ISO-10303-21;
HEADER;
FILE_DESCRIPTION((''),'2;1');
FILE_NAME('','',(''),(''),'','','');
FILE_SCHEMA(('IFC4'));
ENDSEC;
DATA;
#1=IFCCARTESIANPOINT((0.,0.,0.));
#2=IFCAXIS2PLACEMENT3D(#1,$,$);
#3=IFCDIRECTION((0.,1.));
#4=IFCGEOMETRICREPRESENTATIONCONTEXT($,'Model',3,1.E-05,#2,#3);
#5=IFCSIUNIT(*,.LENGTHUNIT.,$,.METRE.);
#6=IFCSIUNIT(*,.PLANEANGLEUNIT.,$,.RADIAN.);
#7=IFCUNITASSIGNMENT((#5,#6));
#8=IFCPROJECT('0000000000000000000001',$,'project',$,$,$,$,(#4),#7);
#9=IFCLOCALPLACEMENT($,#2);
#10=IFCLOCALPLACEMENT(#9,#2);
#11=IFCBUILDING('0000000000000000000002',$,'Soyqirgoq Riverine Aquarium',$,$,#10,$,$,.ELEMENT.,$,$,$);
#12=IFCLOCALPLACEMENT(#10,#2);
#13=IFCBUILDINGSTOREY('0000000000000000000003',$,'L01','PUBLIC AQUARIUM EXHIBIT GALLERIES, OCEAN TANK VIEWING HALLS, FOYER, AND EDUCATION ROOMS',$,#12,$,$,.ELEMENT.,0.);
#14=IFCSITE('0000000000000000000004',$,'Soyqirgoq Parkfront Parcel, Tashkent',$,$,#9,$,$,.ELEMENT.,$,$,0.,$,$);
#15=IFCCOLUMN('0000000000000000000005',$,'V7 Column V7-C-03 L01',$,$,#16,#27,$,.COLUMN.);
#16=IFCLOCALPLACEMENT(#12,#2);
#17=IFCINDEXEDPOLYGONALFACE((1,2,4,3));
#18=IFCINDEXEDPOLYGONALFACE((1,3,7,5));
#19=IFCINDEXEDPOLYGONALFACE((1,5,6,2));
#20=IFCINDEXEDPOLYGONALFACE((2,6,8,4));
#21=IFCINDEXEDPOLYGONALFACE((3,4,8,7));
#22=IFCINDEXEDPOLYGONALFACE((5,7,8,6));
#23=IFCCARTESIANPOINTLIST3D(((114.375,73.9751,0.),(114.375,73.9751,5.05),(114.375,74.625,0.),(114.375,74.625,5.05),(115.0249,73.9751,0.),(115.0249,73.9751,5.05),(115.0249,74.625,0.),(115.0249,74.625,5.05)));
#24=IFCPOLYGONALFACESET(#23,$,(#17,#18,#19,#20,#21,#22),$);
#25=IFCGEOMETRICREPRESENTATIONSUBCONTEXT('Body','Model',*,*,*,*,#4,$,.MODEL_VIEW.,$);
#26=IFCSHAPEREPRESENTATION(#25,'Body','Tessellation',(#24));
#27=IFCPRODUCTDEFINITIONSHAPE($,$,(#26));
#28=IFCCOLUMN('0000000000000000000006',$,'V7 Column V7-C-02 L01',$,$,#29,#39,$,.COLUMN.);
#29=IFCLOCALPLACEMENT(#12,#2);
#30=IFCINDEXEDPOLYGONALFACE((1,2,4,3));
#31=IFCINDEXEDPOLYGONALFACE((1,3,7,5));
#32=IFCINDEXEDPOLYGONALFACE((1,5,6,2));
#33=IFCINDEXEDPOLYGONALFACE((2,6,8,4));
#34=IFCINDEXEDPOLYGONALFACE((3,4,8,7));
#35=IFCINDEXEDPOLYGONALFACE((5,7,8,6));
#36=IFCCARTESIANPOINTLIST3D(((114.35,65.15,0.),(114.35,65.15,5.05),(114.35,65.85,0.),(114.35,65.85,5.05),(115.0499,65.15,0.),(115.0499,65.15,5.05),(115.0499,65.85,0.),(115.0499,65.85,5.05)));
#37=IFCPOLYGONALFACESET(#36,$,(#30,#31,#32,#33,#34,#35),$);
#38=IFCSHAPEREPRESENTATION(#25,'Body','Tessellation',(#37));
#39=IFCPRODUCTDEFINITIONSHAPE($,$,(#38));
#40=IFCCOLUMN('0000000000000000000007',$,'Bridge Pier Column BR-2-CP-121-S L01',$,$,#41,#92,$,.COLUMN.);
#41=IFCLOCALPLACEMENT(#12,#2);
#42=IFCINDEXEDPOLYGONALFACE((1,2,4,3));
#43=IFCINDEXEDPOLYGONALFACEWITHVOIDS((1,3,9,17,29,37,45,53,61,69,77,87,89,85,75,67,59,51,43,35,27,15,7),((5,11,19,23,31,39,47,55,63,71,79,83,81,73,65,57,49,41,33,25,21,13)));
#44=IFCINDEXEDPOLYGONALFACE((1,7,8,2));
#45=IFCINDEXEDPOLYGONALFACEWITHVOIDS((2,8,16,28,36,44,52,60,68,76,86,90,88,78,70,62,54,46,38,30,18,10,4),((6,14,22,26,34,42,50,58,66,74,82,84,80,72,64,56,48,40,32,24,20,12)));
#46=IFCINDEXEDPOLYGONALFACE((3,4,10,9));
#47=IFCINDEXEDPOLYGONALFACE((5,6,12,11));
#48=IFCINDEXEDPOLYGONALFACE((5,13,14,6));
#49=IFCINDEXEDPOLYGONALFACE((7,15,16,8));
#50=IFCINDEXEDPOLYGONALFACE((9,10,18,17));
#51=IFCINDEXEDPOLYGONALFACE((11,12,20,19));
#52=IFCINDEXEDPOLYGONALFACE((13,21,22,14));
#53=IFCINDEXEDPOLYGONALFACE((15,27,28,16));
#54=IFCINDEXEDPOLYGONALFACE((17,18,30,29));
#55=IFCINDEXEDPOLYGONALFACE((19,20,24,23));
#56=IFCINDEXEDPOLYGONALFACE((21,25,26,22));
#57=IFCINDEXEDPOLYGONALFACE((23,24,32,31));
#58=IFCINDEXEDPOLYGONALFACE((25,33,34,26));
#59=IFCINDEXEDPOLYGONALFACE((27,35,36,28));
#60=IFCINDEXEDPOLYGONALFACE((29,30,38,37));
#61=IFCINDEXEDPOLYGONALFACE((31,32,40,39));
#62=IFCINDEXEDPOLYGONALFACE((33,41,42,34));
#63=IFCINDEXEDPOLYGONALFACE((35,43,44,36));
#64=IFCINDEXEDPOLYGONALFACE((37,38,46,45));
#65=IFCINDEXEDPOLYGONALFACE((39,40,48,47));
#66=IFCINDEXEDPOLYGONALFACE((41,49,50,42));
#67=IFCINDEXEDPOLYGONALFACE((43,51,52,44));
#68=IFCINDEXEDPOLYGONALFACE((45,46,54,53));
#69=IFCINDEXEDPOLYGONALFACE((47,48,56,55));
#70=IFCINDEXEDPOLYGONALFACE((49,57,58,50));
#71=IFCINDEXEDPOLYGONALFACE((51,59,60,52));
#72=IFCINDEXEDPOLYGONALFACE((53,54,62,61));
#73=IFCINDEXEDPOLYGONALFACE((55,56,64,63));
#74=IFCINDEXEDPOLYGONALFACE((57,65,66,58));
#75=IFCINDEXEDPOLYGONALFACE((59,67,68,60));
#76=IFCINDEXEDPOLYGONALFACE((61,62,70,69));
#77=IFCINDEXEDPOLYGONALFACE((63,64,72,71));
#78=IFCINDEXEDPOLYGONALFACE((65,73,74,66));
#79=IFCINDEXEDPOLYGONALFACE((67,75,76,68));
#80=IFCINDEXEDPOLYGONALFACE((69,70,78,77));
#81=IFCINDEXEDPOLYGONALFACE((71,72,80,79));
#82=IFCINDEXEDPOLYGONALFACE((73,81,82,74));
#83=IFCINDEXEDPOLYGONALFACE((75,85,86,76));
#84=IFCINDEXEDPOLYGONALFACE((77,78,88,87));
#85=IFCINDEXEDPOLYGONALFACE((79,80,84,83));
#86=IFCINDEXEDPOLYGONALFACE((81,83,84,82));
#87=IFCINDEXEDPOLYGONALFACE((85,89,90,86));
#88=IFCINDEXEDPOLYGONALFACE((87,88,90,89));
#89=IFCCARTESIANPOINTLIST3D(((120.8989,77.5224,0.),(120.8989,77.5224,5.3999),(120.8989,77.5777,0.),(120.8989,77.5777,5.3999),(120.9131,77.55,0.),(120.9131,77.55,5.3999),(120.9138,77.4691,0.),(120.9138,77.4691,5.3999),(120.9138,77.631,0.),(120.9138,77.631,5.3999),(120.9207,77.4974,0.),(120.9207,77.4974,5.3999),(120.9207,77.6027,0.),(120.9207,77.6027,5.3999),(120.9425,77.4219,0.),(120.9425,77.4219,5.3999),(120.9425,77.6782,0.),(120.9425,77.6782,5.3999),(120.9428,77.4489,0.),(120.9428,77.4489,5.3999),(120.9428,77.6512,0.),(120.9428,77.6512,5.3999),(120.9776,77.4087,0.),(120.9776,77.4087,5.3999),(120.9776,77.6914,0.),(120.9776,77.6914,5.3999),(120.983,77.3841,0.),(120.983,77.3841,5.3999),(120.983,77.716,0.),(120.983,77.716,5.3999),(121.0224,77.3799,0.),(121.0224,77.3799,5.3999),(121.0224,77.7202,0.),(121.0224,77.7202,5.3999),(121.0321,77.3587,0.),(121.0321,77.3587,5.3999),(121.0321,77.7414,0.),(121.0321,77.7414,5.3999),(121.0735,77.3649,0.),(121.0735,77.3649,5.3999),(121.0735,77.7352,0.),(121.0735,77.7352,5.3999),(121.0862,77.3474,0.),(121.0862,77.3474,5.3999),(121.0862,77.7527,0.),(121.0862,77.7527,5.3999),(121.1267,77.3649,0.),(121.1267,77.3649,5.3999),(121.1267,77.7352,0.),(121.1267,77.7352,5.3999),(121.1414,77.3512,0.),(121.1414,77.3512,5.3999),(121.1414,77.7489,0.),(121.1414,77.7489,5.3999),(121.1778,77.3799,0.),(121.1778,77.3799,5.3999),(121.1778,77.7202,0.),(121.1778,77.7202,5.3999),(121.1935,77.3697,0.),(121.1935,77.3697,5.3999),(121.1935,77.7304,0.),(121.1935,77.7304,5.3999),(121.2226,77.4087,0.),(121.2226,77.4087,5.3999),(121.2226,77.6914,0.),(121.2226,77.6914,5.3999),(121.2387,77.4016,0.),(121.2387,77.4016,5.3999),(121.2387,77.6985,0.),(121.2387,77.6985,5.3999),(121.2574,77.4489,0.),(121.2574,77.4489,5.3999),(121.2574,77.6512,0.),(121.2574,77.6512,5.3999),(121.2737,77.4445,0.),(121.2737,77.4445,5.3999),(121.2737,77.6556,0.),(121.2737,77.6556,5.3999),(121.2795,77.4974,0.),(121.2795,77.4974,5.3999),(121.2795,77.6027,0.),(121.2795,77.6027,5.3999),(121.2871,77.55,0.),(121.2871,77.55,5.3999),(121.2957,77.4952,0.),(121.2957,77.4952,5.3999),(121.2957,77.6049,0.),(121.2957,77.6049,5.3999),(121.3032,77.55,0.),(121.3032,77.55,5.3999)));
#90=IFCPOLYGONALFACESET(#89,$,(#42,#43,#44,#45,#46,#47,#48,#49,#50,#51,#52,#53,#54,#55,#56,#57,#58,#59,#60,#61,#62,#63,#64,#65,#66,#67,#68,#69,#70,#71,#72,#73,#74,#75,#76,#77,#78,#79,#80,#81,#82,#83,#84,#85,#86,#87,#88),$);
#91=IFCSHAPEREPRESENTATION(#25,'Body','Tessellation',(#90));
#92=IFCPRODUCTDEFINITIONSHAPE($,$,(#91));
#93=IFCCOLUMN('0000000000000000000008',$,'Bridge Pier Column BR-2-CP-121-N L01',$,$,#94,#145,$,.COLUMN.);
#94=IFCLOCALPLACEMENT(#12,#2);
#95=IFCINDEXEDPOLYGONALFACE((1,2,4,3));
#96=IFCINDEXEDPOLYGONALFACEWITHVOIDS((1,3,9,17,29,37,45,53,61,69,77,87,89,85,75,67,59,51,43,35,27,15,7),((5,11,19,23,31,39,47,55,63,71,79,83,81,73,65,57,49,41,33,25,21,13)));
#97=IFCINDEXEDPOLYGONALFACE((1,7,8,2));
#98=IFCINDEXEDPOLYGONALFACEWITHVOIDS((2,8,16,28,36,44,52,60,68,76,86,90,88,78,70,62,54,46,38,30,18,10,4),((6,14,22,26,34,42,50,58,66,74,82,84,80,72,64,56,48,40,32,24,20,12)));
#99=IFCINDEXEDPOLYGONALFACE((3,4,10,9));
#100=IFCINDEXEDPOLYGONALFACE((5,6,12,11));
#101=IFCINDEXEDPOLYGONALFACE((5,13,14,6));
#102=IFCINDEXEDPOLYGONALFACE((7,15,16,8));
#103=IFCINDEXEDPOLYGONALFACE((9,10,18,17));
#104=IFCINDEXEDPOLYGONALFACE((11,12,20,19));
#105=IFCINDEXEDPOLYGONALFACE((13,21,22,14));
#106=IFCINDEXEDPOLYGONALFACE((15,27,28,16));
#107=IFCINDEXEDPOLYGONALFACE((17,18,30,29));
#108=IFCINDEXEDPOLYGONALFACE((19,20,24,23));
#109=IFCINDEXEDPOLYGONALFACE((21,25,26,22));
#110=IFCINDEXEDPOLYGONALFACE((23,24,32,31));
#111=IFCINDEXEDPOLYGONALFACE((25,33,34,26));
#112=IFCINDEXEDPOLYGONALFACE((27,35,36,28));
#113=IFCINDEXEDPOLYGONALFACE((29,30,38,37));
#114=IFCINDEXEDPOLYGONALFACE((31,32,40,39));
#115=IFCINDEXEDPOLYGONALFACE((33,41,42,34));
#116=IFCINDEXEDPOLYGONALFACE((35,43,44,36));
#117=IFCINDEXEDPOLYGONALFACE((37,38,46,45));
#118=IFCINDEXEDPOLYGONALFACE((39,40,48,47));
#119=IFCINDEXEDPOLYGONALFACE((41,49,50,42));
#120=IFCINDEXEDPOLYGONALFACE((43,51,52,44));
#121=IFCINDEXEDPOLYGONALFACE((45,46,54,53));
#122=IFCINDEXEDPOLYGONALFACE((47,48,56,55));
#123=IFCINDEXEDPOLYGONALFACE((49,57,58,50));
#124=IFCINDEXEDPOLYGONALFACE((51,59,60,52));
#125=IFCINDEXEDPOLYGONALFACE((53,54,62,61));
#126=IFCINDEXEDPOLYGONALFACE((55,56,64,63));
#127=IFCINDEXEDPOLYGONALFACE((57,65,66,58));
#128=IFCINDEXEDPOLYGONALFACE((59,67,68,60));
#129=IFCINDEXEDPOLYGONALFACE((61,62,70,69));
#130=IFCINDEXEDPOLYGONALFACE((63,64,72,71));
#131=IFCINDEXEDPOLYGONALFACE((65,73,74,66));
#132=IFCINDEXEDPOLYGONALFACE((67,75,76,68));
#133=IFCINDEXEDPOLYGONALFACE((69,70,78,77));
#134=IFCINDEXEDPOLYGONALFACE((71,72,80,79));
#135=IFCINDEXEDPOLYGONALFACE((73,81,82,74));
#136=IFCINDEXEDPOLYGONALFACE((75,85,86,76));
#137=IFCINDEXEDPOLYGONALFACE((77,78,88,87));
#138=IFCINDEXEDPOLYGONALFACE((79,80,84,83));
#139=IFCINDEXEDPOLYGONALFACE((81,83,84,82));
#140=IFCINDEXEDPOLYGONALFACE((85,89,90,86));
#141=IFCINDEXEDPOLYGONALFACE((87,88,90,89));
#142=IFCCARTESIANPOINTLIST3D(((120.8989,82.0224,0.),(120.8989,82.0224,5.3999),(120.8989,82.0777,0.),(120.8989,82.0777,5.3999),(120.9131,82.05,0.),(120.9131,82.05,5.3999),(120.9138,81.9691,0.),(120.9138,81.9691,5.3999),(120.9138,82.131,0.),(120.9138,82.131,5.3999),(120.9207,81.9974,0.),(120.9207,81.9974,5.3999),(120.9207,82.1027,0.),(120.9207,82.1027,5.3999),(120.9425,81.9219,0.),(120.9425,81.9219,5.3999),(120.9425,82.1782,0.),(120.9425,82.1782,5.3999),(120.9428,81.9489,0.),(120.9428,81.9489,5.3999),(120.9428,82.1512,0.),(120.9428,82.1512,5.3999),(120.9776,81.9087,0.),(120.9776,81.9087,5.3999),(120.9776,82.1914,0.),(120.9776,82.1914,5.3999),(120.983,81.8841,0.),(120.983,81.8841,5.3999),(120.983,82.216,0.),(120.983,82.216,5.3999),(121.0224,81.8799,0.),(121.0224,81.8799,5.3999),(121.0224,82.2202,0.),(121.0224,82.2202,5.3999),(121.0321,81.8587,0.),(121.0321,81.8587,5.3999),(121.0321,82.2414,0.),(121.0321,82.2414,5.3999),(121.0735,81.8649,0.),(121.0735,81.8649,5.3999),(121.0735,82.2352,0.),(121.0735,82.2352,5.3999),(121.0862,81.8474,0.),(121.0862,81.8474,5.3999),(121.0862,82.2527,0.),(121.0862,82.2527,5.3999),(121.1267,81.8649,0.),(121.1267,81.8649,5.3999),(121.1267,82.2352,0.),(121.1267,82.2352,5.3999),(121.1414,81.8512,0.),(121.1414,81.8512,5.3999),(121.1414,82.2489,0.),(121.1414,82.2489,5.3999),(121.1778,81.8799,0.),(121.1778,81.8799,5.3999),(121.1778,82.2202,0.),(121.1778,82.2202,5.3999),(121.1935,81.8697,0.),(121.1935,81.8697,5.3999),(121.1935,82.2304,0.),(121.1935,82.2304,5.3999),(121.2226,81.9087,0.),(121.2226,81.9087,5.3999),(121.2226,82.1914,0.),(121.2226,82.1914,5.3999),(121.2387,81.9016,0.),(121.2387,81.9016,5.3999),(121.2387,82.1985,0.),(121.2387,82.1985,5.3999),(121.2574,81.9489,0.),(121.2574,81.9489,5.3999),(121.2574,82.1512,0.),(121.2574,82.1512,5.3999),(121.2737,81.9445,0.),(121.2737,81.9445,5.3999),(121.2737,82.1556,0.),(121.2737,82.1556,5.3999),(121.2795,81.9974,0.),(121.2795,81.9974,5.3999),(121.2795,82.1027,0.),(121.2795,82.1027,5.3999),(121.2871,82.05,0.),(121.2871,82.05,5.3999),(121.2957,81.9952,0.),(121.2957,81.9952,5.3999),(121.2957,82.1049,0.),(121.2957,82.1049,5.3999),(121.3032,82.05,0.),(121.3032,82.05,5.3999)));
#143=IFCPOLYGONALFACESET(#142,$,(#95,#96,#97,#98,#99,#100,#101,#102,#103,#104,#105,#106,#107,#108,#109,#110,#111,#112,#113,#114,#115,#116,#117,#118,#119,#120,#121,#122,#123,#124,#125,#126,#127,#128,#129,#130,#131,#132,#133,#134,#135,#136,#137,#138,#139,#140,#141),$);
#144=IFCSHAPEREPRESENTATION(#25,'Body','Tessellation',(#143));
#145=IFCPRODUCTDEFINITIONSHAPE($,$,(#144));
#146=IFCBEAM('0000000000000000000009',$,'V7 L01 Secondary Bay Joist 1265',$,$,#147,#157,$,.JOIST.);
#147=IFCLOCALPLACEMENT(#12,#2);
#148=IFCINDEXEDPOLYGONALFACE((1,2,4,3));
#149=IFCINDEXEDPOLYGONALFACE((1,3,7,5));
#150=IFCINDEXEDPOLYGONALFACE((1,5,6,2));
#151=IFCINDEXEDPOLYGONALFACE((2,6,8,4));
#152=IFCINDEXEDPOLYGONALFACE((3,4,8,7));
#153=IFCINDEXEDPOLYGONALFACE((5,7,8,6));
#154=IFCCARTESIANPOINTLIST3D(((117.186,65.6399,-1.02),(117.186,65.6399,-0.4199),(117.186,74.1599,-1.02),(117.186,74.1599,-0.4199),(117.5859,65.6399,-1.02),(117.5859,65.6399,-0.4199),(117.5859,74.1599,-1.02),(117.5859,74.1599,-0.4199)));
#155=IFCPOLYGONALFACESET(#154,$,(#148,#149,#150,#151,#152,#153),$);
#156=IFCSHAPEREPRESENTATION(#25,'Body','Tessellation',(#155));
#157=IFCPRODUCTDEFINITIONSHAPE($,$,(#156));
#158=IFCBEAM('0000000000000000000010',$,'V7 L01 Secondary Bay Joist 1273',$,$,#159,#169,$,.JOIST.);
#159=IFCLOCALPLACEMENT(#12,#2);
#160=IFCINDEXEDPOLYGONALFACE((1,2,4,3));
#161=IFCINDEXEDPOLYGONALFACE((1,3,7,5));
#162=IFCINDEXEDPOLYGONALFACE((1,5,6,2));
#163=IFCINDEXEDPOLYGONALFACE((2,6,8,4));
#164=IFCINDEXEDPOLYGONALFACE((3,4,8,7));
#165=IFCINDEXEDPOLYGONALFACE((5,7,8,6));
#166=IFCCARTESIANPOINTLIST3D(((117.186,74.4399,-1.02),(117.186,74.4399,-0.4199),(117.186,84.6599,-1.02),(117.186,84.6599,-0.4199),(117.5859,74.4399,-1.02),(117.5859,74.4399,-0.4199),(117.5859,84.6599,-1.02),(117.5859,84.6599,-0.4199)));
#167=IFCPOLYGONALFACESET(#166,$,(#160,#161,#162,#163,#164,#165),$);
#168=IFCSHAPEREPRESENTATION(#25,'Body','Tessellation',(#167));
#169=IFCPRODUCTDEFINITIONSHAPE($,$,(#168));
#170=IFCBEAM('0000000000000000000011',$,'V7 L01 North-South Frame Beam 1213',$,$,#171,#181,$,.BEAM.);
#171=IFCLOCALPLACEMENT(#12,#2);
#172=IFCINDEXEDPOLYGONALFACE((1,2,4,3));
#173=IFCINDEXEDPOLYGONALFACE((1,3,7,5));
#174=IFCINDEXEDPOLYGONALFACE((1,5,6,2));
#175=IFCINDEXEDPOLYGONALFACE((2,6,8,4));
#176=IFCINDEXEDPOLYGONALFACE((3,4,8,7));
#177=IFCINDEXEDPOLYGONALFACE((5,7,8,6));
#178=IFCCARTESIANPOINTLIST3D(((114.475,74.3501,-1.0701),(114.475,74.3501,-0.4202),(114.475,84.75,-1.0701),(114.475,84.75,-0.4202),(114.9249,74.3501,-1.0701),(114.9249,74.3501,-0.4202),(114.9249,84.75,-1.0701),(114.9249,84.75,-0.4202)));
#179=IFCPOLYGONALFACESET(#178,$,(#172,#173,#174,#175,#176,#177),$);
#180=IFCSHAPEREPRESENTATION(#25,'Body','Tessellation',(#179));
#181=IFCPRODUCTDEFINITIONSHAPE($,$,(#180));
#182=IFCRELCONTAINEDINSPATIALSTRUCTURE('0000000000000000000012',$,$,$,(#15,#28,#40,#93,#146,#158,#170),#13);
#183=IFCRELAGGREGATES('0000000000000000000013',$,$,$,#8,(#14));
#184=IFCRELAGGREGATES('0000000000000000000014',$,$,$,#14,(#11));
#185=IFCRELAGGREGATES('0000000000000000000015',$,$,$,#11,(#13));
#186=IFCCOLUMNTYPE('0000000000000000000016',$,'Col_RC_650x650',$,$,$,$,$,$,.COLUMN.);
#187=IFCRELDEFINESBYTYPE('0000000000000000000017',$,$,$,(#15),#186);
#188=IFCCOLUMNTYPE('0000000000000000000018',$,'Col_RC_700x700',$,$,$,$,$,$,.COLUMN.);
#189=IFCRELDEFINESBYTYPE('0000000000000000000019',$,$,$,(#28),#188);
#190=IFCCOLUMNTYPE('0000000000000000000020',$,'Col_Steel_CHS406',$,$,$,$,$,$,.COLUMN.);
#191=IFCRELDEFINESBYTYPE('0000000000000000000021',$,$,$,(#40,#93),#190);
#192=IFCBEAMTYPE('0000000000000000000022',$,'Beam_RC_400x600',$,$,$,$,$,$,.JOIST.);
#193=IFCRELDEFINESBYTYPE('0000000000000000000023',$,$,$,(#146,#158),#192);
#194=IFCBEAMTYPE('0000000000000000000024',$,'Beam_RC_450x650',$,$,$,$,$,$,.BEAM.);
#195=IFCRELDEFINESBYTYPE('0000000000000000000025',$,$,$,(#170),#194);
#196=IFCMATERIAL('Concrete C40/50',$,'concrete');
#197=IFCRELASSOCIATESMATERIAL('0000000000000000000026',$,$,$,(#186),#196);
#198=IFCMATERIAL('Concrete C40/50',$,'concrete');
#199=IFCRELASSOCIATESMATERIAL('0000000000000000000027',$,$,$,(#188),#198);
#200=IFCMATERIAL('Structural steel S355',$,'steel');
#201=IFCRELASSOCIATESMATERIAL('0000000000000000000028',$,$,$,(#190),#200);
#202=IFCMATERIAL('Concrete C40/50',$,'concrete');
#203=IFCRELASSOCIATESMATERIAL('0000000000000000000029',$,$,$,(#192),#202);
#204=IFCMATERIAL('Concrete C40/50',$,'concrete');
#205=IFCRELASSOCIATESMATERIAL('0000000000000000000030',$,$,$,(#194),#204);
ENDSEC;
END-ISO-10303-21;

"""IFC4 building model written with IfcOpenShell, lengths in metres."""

from ifc_helpers import new_model, si_unit, direction, frame, origin, origin_2d, place, context, subcontext, project, spatial, rectangle, hollow_circle, extrude, material, material_profile, profile_set, type_object, element, save


model = new_model("IFC4")

# Units and contexts
model_context = context("Model", 3, precision=1e-05, world=origin(), true_north=direction((0.0, 1.0)))
body_context = subcontext(model_context, "Body", "Model", "MODEL_VIEW")
ifc_project = project(units=[si_unit("LENGTHUNIT", "METRE"), si_unit("PLANEANGLEUNIT", "RADIAN")], contexts=[model_context])

# Site, building, storey
site_placement = place(None, origin())
site = spatial("IfcSite", under=ifc_project, at=site_placement, Name="Soyqirgoq Parkfront Parcel, Tashkent", CompositionType="ELEMENT", RefElevation=0.0)
building_placement = place(site_placement, origin())
building = spatial("IfcBuilding", under=site, at=building_placement, Name="Soyqirgoq Riverine Aquarium", CompositionType="ELEMENT")
storey_placement = place(building_placement, origin())
storey = spatial("IfcBuildingStorey", under=building, at=storey_placement, Name="L01", Description="PUBLIC AQUARIUM EXHIBIT GALLERIES, OCEAN TANK VIEWING HALLS, FOYER, AND EDUCATION ROOMS", CompositionType="ELEMENT", Elevation=0.0)

# Columns
ifc_material_1 = material(Name="Concrete C40/50", Category="concrete")
ifc_material_profile_1 = material_profile(ifc_material_1, rectangle(XDim=0.6499, YDim=0.6499, at=origin_2d()), Name="RC 650x650")
ifc_profile_set_1 = profile_set([ifc_material_profile_1], Name="Concrete C40/50")
column_type_1 = type_object("IfcColumnType", Name="Col_RC_650x650", PredefinedType="COLUMN", material=ifc_profile_set_1)
column_1_placement = place(storey_placement, frame((114.7, 74.3, 0.0), z_axis=(0.0, 0.0, 1.0), x_axis=(1.0, 0.0, 0.0)))
element("IfcColumn", 1, at=column_1_placement, inside=storey, type_object=column_type_1, Name="V7 Column V7-C-03 L01", PredefinedType="COLUMN", context=body_context, shape_type="SweptSolid", body=[
    extrude(rectangle(XDim=0.6499, YDim=0.6499, at=origin_2d()), origin(), (0.0, 0.0, 1.0), 5.05),
])
ifc_material_2 = material(Name="Concrete C40/50", Category="concrete")
ifc_material_profile_2 = material_profile(ifc_material_2, rectangle(XDim=0.7, YDim=0.7, at=origin_2d()), Name="RC 700x700")
ifc_profile_set_2 = profile_set([ifc_material_profile_2], Name="Concrete C40/50")
column_type_2 = type_object("IfcColumnType", Name="Col_RC_700x700", PredefinedType="COLUMN", material=ifc_profile_set_2)
column_2_placement = place(storey_placement, frame((114.7, 65.5, 0.0), z_axis=(0.0, 0.0, 1.0), x_axis=(1.0, 0.0, 0.0)))
element("IfcColumn", 2, at=column_2_placement, inside=storey, type_object=column_type_2, Name="V7 Column V7-C-02 L01", PredefinedType="COLUMN", context=body_context, shape_type="SweptSolid", body=[
    extrude(rectangle(XDim=0.7, YDim=0.7, at=origin_2d()), origin(), (0.0, 0.0, 1.0), 5.05),
])
ifc_material_3 = material(Name="Structural steel S355", Category="steel")
ifc_material_profile_3 = material_profile(ifc_material_3, hollow_circle(Radius=0.2031, WallThickness=0.0161, at=origin_2d()), Name="CHS 406.4x16")
ifc_profile_set_3 = profile_set([ifc_material_profile_3], Name="Structural steel S355")
column_type_3 = type_object("IfcColumnType", Name="Col_Steel_CHS406", PredefinedType="COLUMN", material=ifc_profile_set_3)
for number, where, z_axis, x_axis, name in (
    (3, (121.1001, 77.55, 0.0), (0.0, 0.0, 1.0), (1.0, 0.0, 0.0), "Bridge Pier Column BR-2-CP-121-S L01"),
    (4, (121.1001, 82.05, 0.0), (0.0, 0.0, 1.0), (1.0, 0.0, 0.0), "Bridge Pier Column BR-2-CP-121-N L01"),
):
    element("IfcColumn", number, at=place(storey_placement, frame(where, z_axis=z_axis, x_axis=x_axis)), inside=storey, type_object=column_type_3, Name=name, PredefinedType="COLUMN", context=body_context, shape_type="SweptSolid", body=[
        extrude(hollow_circle(Radius=0.2031, WallThickness=0.0161, at=origin_2d()), origin(), (0.0, 0.0, 1.0), 5.3999),
    ])

# Beams
ifc_material_4 = material(Name="Concrete C40/50", Category="concrete")
ifc_material_profile_4 = material_profile(ifc_material_4, rectangle(XDim=0.3999, YDim=0.6001, at=origin_2d()), Name="RC 400x600")
ifc_profile_set_4 = profile_set([ifc_material_profile_4], Name="Concrete C40/50")
beam_type_1 = type_object("IfcBeamType", Name="Beam_RC_400x600", PredefinedType="JOIST", material=ifc_profile_set_4)
beam_1_placement = place(storey_placement, frame((117.386, 65.6399, -0.72), z_axis=(0.0, 1.0, 0.0), x_axis=(-1.0, 0.0, 0.0)))
element("IfcBeam", 5, at=beam_1_placement, inside=storey, type_object=beam_type_1, Name="V7 L01 Secondary Bay Joist 1265", PredefinedType="JOIST", context=body_context, shape_type="SweptSolid", body=[
    extrude(rectangle(XDim=0.3999, YDim=0.6001, at=origin_2d()), origin(), (0.0, 0.0, 1.0), 8.52),
])
beam_2_placement = place(storey_placement, frame((117.386, 74.4399, -0.72), z_axis=(0.0, 1.0, 0.0), x_axis=(-1.0, 0.0, 0.0)))
element("IfcBeam", 6, at=beam_2_placement, inside=storey, type_object=beam_type_1, Name="V7 L01 Secondary Bay Joist 1273", PredefinedType="JOIST", context=body_context, shape_type="SweptSolid", body=[
    extrude(rectangle(XDim=0.3999, YDim=0.6001, at=origin_2d()), origin(), (0.0, 0.0, 1.0), 10.22),
])
ifc_material_5 = material(Name="Concrete C40/50", Category="concrete")
ifc_material_profile_5 = material_profile(ifc_material_5, rectangle(XDim=0.45, YDim=0.6499, at=origin_2d()), Name="RC 450x650")
ifc_profile_set_5 = profile_set([ifc_material_profile_5], Name="Concrete C40/50")
beam_type_2 = type_object("IfcBeamType", Name="Beam_RC_450x650", PredefinedType="BEAM", material=ifc_profile_set_5)
beam_3_placement = place(storey_placement, frame((114.7, 74.3501, -0.7451), z_axis=(0.0, 1.0, 0.0), x_axis=(-1.0, 0.0, 0.0)))
element("IfcBeam", 7, at=beam_3_placement, inside=storey, type_object=beam_type_2, Name="V7 L01 North-South Frame Beam 1213", PredefinedType="BEAM", context=body_context, shape_type="SweptSolid", body=[
    extrude(rectangle(XDim=0.45, YDim=0.6499, at=origin_2d()), origin(), (0.0, 0.0, 1.0), 10.3999),
])

save(model, "model.ifc")
